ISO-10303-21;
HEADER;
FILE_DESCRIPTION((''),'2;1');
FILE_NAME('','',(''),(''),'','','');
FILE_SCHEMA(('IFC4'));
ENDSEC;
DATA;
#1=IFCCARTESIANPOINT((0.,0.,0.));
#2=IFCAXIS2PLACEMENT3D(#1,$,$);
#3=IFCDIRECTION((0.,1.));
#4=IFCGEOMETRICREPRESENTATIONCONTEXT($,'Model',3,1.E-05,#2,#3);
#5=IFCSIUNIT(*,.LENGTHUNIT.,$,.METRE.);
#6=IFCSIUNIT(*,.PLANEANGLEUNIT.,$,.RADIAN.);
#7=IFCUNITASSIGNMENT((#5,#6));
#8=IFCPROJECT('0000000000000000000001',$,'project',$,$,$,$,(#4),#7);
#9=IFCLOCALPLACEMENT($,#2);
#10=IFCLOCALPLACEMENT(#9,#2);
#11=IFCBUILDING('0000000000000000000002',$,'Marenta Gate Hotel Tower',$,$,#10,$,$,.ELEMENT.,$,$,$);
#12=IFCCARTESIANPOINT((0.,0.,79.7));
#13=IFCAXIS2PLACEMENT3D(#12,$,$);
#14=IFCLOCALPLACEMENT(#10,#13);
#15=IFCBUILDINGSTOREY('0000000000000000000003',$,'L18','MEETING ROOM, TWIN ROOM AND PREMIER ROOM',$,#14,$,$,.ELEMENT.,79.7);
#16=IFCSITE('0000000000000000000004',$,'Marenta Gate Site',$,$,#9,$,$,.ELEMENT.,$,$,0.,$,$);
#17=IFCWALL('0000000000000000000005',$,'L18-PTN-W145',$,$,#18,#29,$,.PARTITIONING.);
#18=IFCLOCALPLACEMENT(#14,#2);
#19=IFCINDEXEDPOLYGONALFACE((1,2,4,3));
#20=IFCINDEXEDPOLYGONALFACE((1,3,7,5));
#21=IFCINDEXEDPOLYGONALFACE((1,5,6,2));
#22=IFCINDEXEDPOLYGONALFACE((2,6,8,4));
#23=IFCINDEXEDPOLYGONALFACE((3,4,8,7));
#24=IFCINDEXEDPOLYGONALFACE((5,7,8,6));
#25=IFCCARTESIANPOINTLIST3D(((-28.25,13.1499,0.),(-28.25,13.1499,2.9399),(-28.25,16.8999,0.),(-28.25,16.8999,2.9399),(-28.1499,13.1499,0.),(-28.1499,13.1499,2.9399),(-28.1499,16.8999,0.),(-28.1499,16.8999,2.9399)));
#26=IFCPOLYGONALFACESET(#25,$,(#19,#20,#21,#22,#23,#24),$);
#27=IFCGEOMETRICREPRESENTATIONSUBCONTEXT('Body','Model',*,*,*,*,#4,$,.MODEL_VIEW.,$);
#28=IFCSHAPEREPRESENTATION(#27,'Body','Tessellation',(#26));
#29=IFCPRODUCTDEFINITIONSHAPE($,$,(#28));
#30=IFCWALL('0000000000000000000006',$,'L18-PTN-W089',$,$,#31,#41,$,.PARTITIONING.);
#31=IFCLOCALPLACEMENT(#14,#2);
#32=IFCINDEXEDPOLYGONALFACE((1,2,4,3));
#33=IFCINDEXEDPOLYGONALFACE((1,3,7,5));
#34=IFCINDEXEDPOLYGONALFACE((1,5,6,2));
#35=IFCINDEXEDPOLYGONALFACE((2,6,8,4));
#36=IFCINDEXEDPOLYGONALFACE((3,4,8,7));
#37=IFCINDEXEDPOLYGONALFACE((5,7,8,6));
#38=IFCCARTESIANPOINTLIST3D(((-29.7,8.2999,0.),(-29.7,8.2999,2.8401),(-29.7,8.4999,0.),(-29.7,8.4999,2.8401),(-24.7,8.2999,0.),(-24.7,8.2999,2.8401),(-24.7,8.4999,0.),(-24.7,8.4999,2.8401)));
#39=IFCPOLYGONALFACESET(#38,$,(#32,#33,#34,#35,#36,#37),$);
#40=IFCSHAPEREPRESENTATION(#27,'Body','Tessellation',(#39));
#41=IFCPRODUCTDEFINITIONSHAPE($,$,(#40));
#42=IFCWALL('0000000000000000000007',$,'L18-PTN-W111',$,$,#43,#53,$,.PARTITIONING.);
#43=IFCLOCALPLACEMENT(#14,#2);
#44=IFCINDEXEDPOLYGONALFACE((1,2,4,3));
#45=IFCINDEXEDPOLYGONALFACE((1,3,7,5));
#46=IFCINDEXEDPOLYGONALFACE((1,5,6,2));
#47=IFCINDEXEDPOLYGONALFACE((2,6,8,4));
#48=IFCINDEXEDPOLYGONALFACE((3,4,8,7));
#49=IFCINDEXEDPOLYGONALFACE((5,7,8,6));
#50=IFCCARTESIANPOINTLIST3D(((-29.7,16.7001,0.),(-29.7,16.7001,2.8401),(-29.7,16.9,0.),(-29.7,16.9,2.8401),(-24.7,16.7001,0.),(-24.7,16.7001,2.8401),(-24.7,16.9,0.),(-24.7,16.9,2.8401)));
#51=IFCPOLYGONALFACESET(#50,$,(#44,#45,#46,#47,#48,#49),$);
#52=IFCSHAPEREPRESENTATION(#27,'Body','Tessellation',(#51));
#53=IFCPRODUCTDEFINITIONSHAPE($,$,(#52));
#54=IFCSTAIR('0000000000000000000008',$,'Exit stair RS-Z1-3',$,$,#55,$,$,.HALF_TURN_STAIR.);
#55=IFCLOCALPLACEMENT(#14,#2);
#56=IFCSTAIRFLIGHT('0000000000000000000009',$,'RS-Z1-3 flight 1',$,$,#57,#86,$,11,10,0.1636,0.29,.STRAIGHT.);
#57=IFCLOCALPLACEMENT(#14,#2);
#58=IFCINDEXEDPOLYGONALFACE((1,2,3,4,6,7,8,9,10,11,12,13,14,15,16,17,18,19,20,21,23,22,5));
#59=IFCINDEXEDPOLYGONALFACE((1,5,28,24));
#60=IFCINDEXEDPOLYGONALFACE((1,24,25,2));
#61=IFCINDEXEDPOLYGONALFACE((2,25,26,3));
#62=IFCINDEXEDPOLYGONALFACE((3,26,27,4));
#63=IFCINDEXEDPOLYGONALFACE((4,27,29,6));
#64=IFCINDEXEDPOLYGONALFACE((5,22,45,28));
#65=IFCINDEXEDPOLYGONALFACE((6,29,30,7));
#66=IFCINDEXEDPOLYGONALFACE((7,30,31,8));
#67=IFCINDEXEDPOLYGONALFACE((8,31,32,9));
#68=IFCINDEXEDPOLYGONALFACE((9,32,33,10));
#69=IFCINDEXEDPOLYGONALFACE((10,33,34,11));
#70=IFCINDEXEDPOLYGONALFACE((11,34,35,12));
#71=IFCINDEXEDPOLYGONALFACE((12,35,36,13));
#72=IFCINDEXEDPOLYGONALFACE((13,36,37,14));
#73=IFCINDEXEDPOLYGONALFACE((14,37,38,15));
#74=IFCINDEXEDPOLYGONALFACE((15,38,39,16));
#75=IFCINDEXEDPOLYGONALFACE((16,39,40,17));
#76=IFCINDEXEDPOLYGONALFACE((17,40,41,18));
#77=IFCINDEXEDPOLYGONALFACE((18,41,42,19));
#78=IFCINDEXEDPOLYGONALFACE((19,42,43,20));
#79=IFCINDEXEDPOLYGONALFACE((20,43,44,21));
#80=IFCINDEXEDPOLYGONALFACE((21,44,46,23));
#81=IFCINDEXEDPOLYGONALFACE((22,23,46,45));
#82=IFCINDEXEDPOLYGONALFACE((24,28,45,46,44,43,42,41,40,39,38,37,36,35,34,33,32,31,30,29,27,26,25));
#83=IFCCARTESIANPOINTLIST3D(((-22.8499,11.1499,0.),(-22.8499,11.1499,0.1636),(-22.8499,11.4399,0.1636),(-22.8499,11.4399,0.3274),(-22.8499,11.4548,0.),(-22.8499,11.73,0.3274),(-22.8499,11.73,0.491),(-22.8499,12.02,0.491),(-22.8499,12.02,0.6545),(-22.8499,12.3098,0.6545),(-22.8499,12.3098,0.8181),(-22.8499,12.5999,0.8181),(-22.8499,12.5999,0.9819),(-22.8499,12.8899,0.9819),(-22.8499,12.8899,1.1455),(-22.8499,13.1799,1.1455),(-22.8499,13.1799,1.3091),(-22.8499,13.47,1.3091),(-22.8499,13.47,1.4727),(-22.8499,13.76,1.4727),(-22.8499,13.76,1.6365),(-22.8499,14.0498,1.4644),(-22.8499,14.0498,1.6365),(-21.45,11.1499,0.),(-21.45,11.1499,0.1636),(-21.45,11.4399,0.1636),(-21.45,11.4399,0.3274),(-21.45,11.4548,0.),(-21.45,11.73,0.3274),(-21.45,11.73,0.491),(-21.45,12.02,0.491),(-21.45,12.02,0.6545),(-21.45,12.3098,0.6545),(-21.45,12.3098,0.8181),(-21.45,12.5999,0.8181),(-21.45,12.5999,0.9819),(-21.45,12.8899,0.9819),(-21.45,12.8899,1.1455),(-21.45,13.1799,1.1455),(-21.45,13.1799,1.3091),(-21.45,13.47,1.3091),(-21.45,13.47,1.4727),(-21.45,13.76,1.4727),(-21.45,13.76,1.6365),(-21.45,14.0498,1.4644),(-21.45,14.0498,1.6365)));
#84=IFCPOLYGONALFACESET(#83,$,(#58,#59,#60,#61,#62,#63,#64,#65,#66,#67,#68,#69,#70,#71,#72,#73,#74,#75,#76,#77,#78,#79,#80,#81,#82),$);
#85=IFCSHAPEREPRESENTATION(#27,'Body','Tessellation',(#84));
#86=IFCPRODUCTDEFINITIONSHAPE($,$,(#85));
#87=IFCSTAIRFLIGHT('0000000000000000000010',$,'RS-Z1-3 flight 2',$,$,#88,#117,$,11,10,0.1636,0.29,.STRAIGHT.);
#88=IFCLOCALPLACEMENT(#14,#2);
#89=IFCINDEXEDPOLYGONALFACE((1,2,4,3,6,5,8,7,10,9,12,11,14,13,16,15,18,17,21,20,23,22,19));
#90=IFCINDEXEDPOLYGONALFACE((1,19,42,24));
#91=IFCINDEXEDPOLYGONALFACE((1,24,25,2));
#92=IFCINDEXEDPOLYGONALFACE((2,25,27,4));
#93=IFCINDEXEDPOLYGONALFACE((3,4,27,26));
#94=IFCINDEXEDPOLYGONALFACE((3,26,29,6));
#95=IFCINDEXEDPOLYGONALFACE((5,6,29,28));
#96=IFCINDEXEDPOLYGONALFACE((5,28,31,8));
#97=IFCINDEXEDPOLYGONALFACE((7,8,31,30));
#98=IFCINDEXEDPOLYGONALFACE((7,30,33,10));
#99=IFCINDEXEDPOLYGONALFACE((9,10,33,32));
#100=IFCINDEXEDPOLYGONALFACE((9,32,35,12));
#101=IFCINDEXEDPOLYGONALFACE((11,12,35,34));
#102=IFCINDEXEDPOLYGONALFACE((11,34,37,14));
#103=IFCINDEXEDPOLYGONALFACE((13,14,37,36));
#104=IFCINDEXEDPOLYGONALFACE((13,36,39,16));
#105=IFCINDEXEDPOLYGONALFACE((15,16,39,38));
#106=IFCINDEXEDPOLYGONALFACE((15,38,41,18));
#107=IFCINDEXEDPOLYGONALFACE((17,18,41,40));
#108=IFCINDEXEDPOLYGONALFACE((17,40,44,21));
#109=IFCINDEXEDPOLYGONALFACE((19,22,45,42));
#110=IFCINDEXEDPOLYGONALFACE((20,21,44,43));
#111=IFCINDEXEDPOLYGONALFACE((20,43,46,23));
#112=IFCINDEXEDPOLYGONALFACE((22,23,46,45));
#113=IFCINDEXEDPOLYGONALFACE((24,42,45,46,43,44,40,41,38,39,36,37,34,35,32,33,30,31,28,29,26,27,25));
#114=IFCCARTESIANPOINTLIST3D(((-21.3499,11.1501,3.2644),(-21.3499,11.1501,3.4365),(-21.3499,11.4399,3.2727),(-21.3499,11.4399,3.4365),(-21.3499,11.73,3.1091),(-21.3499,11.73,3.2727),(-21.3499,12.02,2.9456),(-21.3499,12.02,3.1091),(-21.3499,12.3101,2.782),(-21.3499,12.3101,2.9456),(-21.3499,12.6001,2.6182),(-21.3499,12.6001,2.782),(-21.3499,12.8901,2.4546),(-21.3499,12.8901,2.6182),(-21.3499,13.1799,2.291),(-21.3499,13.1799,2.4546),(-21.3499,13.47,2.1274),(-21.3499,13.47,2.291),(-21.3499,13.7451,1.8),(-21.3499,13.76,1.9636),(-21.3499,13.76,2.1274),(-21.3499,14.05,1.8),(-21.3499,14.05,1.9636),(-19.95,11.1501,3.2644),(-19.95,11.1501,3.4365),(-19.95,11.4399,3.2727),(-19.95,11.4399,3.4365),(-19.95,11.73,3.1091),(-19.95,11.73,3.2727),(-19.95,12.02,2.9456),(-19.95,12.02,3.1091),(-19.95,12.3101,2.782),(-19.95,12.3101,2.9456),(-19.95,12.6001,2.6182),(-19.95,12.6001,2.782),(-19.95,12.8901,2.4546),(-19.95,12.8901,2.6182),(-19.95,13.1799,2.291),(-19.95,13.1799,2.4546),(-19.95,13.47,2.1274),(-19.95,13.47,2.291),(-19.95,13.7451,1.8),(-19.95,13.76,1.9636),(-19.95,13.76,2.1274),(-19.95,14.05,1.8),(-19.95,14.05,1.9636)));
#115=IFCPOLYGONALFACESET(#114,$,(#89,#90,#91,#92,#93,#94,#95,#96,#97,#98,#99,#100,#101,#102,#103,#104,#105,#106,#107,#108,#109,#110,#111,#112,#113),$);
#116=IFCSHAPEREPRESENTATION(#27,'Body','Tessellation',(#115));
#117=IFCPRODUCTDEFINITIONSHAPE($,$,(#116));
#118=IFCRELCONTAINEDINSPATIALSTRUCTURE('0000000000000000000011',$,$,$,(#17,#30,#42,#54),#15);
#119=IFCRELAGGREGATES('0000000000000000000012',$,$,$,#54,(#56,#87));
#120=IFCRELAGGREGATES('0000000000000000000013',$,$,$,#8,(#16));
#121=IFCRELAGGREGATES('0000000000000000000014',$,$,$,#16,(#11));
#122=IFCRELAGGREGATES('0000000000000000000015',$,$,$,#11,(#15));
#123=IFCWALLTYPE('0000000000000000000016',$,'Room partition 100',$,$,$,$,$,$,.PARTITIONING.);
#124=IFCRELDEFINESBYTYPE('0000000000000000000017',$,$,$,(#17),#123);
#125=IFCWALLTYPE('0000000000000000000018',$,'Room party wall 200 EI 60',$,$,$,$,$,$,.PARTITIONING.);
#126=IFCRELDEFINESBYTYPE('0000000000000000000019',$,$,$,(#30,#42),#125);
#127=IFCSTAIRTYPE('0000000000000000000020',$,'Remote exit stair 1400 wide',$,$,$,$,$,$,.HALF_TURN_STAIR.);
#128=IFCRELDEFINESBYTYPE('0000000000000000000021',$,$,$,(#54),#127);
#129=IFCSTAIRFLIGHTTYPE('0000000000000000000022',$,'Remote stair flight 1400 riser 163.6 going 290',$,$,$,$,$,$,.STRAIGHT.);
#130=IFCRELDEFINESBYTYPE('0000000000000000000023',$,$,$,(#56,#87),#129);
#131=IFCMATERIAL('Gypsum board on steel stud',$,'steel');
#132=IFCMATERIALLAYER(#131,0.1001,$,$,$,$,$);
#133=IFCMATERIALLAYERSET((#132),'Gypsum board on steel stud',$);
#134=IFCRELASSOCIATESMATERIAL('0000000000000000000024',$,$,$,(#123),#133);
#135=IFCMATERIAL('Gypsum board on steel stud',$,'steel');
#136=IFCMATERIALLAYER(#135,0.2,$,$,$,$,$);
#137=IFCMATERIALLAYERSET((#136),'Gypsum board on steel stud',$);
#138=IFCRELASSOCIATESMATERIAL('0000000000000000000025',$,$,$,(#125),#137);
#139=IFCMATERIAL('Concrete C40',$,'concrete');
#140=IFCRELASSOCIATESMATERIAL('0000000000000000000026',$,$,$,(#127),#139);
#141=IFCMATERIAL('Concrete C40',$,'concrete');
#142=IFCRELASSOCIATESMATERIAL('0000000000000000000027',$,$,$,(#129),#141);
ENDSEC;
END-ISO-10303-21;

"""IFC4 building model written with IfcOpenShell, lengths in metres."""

from ifc_helpers import new_model, si_unit, direction, frame, frame_2d, origin, place, context, subcontext, project, spatial, polyline, rectangle, outline, extrude, material, layer, layer_set, type_object, element, aggregate, save


model = new_model("IFC4")

# Units and contexts
model_context = context("Model", 3, precision=1e-05, world=origin(), true_north=direction((0.0, 1.0)))
body_context = subcontext(model_context, "Body", "Model", "MODEL_VIEW")
ifc_project = project(units=[si_unit("LENGTHUNIT", "METRE"), si_unit("PLANEANGLEUNIT", "RADIAN")], contexts=[model_context])

# Site, building, storey
site_placement = place(None, origin())
site = spatial("IfcSite", under=ifc_project, at=site_placement, Name="Marenta Gate Site", CompositionType="ELEMENT", RefElevation=0.0)
building_placement = place(site_placement, origin())
building = spatial("IfcBuilding", under=site, at=building_placement, Name="Marenta Gate Hotel Tower", CompositionType="ELEMENT")
storey_placement = place(building_placement, frame((0.0, 0.0, 79.7)))
storey = spatial("IfcBuildingStorey", under=building, at=storey_placement, Name="L18", Description="MEETING ROOM, TWIN ROOM AND PREMIER ROOM", CompositionType="ELEMENT", Elevation=79.7)

# Shared definitions
ifc_material_1 = material(Name="Gypsum board on steel stud", Category="steel")
ifc_layer_1 = layer(ifc_material_1, 0.1001)
ifc_layer_set_1 = layer_set([ifc_layer_1], Name="Gypsum board on steel stud")
wall_type_1 = type_object("IfcWallType", Name="Room partition 100", PredefinedType="PARTITIONING", material=ifc_layer_set_1)

# Walls
wall_1_placement = place(storey_placement, frame((-28.2, 13.1499, 0.0), z_axis=(0.0, 0.0, 1.0), x_axis=(0.0, 1.0, 0.0)))
element("IfcWall", 1, at=wall_1_placement, inside=storey, type_object=wall_type_1, Name="L18-PTN-W145", PredefinedType="PARTITIONING", context=body_context, shape_type="SweptSolid", body=[
    extrude(rectangle(XDim=3.75, YDim=0.1001, at=frame_2d((1.875, 0.0))), origin(), (0.0, 0.0, 1.0), 2.9399),
])
ifc_material_2 = material(Name="Gypsum board on steel stud", Category="steel")
ifc_layer_2 = layer(ifc_material_2, 0.2)
ifc_layer_set_2 = layer_set([ifc_layer_2], Name="Gypsum board on steel stud")
wall_type_2 = type_object("IfcWallType", Name="Room party wall 200 EI 60", PredefinedType="PARTITIONING", material=ifc_layer_set_2)
for number, where, z_axis, x_axis, name in (
    (2, (-29.7, 8.3999, 0.0), (0.0, 0.0, 1.0), (1.0, 0.0, 0.0), "L18-PTN-W089"),
    (3, (-29.7, 16.8, 0.0), (0.0, 0.0, 1.0), (1.0, 0.0, 0.0), "L18-PTN-W111"),
):
    element("IfcWall", number, at=place(storey_placement, frame(where, z_axis=z_axis, x_axis=x_axis)), inside=storey, type_object=wall_type_2, Name=name, PredefinedType="PARTITIONING", context=body_context, shape_type="SweptSolid", body=[
        extrude(rectangle(XDim=5.0, YDim=0.2, at=frame_2d((2.5, 0.0))), origin(), (0.0, 0.0, 1.0), 2.8401),
    ])

# Stair, stair flights
ifc_material_3 = material(Name="Concrete C40", Category="concrete")
stair_type = type_object("IfcStairType", Name="Remote exit stair 1400 wide", PredefinedType="HALF_TURN_STAIR", material=ifc_material_3)
stair_placement = place(storey_placement, origin())
stair = element("IfcStair", 4, at=stair_placement, inside=storey, type_object=stair_type, Name="Exit stair RS-Z1-3", PredefinedType="HALF_TURN_STAIR")
ifc_material_4 = material(Name="Concrete C40", Category="concrete")
stair_flight_type = type_object("IfcStairFlightType", Name="Remote stair flight 1400 riser 163.6 going 290", PredefinedType="STRAIGHT", material=ifc_material_4)
stair_flight_1_placement = place(storey_placement, frame((-22.1499, 11.1499, 0.0), z_axis=(0.0, 0.0, 1.0), x_axis=(0.0, 1.0, 0.0)))
stair_flight_1 = element("IfcStairFlight", 5, at=stair_flight_1_placement, type_object=stair_flight_type, Name="RS-Z1-3 flight 1", NumberOfRisers=11, NumberOfTreads=10, PredefinedType="STRAIGHT", RiserHeight=0.1636, TreadLength=0.29, context=body_context, shape_type="SweptSolid", body=[
    extrude(outline(polyline([(0.0, 0.0), (0.0, 0.1636), (0.29, 0.1636), (0.29, 0.3274), (0.5801, 0.3274), (0.5801, 0.491), (0.8701, 0.491), (0.8701, 0.6545), (1.1599, 0.6545), (1.1599, 0.8181), (1.45, 0.8181), (1.45, 0.9819), (1.74, 0.9819), (1.74, 1.1455), (2.03, 1.1455), (2.03, 1.3091), (2.3201, 1.3091), (2.3201, 1.4727), (2.6101, 1.4727), (2.6101, 1.6365), (2.8999, 1.6365), (2.8999, 1.8), (2.8999, 1.4644), (0.3049, 0.0), (0.0, 0.0)])), frame((0.0, 0.7, 0.0), z_axis=(0.0, -1.0, 0.0), x_axis=(1.0, 0.0, 0.0)), (0.0, 0.0, 1.0), 1.3999),
])
stair_flight_2_placement = place(storey_placement, frame((-20.6499, 14.05, 1.8), z_axis=(0.0, 0.0, 1.0), x_axis=(0.0, -1.0, 0.0)))
stair_flight_2 = element("IfcStairFlight", 6, at=stair_flight_2_placement, type_object=stair_flight_type, Name="RS-Z1-3 flight 2", NumberOfRisers=11, NumberOfTreads=10, PredefinedType="STRAIGHT", RiserHeight=0.1636, TreadLength=0.29, context=body_context, shape_type="SweptSolid", body=[
    extrude(outline(polyline([(0.0, 0.0), (0.0, 0.1636), (0.29, 0.1636), (0.29, 0.3274), (0.5801, 0.3274), (0.5801, 0.491), (0.8701, 0.491), (0.8701, 0.6545), (1.1599, 0.6545), (1.1599, 0.8181), (1.45, 0.8181), (1.45, 0.9819), (1.74, 0.9819), (1.74, 1.1455), (2.03, 1.1455), (2.03, 1.3091), (2.3201, 1.3091), (2.3201, 1.4727), (2.6101, 1.4727), (2.6101, 1.6365), (2.8999, 1.6365), (2.8999, 1.8), (2.8999, 1.4644), (0.3049, 0.0), (0.0, 0.0)])), frame((0.0, 0.7, 0.0), z_axis=(0.0, -1.0, 0.0), x_axis=(1.0, 0.0, 0.0)), (0.0, 0.0, 1.0), 1.3999),
])
aggregate(stair, [stair_flight_1, stair_flight_2])

save(model, "model.ifc")
